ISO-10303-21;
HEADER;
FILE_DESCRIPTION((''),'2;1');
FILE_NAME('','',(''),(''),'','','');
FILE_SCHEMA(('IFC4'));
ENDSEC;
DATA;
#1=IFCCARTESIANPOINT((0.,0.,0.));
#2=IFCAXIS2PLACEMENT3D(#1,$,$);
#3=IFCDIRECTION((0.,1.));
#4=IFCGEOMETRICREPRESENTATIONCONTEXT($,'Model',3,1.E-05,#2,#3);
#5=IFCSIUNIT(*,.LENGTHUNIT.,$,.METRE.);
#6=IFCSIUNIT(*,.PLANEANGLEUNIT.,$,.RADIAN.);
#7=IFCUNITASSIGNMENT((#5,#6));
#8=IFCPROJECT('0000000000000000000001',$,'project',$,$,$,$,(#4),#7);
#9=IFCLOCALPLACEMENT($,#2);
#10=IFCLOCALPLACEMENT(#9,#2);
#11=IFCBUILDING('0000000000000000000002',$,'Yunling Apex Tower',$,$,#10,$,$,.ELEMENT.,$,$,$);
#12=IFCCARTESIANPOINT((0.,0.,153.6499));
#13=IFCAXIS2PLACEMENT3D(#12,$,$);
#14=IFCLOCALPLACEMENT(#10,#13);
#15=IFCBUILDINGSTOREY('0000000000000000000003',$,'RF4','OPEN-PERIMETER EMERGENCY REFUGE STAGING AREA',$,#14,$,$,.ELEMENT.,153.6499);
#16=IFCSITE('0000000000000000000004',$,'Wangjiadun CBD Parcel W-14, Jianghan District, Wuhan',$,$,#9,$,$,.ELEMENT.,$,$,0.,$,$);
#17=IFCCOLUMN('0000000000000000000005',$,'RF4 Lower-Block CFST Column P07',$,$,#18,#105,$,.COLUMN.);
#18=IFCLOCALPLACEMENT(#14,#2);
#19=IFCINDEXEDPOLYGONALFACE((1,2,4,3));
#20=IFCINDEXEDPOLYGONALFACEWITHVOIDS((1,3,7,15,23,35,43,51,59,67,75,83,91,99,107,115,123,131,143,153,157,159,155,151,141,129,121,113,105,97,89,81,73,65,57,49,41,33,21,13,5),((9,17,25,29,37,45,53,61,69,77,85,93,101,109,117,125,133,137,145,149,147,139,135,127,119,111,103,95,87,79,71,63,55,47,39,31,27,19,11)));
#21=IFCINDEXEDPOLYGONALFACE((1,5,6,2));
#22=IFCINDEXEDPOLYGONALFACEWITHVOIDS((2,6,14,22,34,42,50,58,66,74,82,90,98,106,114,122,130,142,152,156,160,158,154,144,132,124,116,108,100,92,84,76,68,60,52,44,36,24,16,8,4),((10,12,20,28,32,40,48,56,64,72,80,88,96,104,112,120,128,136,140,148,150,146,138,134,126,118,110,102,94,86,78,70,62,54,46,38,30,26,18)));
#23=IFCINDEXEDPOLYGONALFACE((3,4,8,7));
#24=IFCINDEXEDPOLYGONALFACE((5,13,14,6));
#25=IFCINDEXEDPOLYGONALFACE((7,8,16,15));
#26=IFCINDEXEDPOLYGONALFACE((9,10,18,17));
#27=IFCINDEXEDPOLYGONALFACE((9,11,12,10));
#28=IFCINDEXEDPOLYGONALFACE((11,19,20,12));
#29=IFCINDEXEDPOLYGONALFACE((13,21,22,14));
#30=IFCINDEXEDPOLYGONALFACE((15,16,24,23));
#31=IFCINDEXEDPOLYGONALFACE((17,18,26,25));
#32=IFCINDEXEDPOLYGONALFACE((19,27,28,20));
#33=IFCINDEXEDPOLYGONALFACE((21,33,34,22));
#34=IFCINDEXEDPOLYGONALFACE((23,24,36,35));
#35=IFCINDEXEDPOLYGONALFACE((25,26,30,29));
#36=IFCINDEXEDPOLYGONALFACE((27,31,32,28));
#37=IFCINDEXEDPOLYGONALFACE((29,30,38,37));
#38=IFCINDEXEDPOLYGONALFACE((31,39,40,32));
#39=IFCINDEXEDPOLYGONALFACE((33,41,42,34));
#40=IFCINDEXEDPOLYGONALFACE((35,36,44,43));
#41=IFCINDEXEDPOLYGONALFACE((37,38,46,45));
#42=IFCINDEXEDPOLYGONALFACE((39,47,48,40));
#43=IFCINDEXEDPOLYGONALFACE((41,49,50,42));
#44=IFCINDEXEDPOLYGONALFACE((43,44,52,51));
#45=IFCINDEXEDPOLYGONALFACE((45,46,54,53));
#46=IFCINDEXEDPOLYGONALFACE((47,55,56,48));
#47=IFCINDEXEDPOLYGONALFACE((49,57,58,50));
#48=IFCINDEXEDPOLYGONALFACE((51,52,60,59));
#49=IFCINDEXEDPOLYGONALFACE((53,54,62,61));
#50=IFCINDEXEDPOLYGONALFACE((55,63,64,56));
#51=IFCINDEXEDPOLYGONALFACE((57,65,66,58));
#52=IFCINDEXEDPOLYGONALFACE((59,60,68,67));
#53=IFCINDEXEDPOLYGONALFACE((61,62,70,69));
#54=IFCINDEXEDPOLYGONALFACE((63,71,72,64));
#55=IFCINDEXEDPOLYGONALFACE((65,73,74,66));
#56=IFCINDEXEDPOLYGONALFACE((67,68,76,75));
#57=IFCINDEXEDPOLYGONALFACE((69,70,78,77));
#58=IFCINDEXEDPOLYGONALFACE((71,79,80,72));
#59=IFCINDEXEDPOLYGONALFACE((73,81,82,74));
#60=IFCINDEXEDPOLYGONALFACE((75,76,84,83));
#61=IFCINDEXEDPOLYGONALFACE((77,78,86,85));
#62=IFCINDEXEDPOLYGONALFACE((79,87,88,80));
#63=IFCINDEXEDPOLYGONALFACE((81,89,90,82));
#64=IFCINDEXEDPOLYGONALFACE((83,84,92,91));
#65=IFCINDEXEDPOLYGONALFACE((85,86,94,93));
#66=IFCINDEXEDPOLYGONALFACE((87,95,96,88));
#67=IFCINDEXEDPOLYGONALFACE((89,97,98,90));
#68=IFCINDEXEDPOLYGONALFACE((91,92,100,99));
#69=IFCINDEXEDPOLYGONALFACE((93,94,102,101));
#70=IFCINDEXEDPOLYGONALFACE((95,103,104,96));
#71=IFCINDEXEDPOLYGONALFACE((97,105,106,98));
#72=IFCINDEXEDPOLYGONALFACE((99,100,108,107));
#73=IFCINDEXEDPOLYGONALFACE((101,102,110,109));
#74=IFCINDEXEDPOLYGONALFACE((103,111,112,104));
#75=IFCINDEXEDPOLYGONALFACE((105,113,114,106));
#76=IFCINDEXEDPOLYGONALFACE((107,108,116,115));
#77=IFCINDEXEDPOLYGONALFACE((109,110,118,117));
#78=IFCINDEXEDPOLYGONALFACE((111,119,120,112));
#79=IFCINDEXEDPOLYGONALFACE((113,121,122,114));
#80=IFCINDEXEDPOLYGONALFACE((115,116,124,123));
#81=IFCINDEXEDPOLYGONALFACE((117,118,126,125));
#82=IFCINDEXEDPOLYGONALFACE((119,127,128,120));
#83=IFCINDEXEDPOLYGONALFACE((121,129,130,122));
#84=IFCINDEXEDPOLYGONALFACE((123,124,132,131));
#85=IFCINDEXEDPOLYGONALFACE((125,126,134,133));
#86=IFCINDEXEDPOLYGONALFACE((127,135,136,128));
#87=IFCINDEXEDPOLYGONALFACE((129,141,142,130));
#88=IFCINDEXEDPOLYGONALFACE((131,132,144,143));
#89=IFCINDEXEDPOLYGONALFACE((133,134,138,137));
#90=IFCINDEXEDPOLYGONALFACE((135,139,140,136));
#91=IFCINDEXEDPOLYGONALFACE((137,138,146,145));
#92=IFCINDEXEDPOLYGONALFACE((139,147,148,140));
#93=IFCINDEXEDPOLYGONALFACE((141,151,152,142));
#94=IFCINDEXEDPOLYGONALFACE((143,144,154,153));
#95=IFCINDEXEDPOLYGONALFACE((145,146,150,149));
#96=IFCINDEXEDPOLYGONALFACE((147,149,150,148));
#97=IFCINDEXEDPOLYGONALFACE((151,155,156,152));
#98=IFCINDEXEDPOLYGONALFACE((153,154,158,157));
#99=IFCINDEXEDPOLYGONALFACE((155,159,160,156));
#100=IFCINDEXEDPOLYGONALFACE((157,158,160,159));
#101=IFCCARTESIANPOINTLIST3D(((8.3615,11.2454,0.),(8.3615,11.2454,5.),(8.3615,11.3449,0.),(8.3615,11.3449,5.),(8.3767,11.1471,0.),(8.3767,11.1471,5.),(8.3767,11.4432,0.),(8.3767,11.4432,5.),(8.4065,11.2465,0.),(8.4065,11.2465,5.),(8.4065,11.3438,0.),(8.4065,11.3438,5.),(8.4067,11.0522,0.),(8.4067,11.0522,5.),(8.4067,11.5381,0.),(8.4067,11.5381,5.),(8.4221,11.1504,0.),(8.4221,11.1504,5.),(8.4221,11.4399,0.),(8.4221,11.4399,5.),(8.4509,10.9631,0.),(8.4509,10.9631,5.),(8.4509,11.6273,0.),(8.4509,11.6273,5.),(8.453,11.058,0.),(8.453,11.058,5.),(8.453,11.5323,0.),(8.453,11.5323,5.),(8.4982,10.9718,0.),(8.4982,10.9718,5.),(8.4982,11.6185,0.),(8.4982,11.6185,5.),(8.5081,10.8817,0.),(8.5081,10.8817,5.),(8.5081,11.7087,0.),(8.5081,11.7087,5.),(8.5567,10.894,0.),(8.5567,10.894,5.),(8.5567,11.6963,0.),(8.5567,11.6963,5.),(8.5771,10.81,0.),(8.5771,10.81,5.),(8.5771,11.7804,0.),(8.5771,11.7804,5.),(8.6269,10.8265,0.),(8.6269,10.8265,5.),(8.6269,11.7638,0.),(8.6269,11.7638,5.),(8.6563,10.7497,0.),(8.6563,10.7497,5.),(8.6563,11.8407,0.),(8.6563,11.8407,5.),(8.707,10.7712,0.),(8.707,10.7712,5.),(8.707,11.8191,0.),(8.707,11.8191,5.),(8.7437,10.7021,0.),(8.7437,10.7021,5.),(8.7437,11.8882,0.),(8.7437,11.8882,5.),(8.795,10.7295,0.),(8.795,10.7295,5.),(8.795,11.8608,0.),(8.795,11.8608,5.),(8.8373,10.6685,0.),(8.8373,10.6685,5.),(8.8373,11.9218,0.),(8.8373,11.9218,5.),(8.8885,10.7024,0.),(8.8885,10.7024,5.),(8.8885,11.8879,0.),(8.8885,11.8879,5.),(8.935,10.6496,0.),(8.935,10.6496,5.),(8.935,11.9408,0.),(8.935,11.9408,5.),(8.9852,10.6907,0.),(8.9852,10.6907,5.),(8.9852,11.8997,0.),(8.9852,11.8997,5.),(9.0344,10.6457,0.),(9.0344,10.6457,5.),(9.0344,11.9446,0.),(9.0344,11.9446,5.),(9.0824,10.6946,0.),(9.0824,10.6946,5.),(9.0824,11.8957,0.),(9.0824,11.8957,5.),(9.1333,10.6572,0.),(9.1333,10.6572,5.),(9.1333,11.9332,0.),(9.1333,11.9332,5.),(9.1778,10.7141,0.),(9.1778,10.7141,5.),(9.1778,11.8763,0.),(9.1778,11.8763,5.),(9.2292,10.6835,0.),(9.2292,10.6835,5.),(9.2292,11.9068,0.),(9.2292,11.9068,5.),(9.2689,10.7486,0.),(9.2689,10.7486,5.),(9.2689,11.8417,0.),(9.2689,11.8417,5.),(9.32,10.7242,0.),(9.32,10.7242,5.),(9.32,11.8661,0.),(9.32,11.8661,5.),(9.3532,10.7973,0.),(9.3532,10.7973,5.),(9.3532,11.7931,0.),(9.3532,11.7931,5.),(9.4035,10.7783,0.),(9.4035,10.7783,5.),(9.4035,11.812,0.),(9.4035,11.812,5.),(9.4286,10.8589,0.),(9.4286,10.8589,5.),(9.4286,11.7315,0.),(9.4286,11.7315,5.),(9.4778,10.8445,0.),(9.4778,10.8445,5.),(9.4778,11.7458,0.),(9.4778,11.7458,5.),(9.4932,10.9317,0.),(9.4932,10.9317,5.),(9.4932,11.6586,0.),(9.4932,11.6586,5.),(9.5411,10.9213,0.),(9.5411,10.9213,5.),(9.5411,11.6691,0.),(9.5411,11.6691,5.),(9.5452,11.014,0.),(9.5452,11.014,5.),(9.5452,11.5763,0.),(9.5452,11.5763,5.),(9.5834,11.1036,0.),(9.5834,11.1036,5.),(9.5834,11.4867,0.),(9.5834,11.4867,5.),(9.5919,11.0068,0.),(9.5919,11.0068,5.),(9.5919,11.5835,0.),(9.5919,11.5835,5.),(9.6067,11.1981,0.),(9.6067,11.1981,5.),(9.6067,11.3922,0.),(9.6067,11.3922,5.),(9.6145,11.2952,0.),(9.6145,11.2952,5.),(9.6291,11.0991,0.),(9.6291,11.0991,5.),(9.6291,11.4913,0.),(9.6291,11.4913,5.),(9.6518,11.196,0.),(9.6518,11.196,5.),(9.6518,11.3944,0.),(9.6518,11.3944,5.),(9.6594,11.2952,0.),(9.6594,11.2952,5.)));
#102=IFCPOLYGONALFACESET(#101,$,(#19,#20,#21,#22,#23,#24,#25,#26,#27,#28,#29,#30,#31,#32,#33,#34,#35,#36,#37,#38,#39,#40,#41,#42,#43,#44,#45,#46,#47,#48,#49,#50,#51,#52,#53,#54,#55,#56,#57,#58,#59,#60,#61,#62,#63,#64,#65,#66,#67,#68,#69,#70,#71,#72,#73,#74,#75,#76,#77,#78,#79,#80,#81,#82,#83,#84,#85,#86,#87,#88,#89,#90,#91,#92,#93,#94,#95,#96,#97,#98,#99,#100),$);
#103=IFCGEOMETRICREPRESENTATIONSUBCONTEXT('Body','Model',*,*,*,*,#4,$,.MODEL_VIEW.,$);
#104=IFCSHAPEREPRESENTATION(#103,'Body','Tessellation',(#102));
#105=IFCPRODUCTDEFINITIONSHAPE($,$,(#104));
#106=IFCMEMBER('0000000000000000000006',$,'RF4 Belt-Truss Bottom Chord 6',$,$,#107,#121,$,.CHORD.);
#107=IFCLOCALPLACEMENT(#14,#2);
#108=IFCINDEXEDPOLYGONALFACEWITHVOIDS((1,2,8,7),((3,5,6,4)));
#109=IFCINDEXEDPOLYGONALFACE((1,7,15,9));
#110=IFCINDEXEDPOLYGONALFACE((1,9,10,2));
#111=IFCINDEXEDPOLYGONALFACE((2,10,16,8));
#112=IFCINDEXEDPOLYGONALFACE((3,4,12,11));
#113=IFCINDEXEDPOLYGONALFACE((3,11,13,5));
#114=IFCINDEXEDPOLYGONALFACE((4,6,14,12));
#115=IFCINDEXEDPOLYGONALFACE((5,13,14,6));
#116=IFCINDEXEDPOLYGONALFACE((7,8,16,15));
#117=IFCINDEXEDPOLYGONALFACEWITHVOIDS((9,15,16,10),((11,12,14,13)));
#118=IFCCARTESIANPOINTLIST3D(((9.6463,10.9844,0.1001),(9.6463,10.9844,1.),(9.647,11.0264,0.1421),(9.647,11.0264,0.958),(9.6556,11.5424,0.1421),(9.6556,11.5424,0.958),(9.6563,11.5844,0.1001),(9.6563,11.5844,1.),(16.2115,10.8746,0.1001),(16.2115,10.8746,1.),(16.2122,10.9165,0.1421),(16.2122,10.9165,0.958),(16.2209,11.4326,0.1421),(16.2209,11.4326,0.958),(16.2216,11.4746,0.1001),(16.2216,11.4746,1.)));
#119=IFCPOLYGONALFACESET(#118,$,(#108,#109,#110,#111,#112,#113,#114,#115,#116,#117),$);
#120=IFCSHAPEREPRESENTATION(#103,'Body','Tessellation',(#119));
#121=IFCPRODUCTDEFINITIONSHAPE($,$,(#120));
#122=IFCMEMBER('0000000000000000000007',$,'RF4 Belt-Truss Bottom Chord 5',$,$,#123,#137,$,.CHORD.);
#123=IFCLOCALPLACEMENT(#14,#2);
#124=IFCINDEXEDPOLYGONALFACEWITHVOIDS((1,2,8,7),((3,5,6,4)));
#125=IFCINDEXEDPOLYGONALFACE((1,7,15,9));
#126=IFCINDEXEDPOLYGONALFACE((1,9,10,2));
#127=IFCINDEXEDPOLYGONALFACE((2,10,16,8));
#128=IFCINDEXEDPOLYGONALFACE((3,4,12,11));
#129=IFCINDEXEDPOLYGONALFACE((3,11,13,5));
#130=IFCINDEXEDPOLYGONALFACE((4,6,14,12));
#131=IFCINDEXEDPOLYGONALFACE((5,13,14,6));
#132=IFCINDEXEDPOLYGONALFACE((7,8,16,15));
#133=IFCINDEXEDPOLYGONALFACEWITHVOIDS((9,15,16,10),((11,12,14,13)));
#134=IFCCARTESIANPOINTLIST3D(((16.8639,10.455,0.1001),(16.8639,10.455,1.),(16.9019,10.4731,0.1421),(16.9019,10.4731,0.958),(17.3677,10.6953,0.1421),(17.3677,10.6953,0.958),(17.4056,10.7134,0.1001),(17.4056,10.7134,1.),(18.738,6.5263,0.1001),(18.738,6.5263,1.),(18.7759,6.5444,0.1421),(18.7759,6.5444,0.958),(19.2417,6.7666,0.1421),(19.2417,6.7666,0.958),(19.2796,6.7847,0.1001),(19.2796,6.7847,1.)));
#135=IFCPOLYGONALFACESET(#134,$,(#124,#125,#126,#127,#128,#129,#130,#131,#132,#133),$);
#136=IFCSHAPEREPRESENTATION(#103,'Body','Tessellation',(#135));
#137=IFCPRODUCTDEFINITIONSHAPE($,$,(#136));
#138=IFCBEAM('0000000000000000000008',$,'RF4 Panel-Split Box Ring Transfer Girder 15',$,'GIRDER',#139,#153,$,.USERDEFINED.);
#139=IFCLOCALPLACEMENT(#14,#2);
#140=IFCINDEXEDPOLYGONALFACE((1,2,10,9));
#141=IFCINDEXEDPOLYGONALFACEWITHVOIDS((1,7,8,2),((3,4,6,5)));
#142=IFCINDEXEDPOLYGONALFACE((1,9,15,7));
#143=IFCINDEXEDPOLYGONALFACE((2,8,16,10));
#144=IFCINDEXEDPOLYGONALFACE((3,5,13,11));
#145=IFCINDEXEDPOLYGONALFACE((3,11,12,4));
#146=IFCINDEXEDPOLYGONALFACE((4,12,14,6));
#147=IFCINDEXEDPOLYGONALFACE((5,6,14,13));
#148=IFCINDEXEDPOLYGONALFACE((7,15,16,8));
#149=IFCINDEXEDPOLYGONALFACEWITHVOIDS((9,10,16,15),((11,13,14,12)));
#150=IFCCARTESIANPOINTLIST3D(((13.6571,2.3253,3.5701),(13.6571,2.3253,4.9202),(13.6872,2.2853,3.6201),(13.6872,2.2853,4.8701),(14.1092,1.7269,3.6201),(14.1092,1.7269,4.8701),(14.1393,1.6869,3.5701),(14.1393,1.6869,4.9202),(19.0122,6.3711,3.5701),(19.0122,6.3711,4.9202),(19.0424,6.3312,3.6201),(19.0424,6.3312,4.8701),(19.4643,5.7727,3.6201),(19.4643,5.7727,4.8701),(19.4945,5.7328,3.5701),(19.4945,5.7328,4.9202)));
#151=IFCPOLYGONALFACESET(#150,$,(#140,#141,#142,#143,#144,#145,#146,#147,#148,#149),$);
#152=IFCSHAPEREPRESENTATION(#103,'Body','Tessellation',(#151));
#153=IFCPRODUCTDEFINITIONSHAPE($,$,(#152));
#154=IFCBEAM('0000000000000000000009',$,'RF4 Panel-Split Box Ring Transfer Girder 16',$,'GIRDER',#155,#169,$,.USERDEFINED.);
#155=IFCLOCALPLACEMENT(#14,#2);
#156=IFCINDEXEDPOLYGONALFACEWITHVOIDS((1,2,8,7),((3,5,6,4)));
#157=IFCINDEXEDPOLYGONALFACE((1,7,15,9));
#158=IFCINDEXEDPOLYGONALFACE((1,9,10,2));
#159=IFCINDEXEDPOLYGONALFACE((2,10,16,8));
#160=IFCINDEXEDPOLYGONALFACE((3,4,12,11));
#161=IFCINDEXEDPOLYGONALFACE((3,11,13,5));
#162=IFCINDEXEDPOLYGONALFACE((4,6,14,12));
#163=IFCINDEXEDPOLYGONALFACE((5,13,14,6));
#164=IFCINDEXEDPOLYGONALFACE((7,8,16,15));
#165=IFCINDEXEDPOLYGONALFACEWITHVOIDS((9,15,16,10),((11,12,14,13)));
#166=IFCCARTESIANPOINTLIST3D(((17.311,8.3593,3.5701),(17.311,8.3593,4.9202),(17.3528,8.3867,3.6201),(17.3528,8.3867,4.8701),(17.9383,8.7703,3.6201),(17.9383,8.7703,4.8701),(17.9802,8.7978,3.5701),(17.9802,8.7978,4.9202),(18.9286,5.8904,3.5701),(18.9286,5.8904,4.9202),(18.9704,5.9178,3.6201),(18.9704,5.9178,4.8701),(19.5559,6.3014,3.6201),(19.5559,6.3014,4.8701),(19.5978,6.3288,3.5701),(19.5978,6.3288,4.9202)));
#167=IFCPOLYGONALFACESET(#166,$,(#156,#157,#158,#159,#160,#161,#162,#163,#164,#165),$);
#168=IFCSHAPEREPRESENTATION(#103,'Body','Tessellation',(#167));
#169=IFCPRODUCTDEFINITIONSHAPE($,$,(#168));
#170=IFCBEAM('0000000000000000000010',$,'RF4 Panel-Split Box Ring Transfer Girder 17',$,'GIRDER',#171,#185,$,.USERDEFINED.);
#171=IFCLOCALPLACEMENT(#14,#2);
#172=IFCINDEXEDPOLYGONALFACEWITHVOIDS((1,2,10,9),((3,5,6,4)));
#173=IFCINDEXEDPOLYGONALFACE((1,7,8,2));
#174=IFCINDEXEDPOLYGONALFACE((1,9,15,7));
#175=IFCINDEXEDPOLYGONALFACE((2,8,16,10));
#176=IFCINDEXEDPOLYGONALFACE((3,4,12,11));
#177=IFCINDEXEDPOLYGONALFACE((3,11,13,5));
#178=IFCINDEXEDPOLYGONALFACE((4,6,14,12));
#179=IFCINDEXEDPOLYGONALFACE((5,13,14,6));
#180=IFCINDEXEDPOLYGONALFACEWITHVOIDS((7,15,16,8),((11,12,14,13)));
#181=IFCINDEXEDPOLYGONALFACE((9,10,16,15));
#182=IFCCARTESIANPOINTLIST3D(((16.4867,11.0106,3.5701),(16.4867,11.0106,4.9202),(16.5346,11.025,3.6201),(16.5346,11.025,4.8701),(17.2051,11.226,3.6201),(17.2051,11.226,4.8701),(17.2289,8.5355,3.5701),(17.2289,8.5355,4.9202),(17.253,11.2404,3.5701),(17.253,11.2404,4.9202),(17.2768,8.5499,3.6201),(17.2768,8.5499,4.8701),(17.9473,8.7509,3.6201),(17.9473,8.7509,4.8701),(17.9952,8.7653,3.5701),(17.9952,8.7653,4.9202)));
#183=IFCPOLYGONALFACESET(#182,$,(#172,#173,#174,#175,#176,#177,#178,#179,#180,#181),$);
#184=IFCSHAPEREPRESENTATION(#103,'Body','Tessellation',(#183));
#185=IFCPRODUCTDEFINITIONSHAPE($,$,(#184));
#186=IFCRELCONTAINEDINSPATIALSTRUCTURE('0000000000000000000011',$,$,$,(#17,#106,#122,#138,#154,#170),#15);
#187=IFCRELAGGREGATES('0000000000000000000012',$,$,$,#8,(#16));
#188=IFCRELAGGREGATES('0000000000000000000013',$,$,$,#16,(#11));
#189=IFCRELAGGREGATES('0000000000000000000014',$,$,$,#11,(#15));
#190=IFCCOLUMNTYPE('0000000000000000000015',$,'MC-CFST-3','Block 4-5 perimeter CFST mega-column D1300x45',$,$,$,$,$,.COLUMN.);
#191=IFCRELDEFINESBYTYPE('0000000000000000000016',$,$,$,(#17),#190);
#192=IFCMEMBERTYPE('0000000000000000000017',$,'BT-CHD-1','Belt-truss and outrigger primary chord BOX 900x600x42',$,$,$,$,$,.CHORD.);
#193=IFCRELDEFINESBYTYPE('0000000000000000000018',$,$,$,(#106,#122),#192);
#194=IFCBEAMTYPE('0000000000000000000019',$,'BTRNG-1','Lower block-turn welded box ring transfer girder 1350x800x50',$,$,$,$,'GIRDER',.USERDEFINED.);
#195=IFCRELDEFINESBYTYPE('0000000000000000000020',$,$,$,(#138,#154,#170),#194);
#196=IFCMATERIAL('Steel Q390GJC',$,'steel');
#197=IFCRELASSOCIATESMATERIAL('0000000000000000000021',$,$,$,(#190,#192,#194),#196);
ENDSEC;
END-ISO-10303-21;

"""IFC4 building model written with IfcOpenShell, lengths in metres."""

from ifc_helpers import new_model, si_unit, direction, frame, origin, origin_2d, place, context, subcontext, project, spatial, hollow_rectangle, hollow_circle, extrude, source, transform, mapped, material, material_profile, profile_set, type_object, element, save


model = new_model("IFC4")

# Units and contexts
model_context = context("Model", 3, precision=1e-05, world=origin(), true_north=direction((0.0, 1.0)))
body_context = subcontext(model_context, "Body", "Model", "MODEL_VIEW")
ifc_project = project(units=[si_unit("LENGTHUNIT", "METRE"), si_unit("PLANEANGLEUNIT", "RADIAN")], contexts=[model_context])

# Site, building, storey
site_placement = place(None, origin())
site = spatial("IfcSite", under=ifc_project, at=site_placement, Name="Wangjiadun CBD Parcel W-14, Jianghan District, Wuhan", CompositionType="ELEMENT", RefElevation=0.0)
building_placement = place(site_placement, origin())
building = spatial("IfcBuilding", under=site, at=building_placement, Name="Yunling Apex Tower", CompositionType="ELEMENT")
storey_placement = place(building_placement, frame((0.0, 0.0, 153.6499)))
storey = spatial("IfcBuildingStorey", under=building, at=storey_placement, Name="RF4", Description="OPEN-PERIMETER EMERGENCY REFUGE STAGING AREA", CompositionType="ELEMENT", Elevation=153.6499)

# Column
ifc_material_1 = material(Name="Steel Q390GJC", Category="steel")
ifc_material_profile_1 = material_profile(ifc_material_1, hollow_circle(Radius=0.6499, WallThickness=0.0449, at=origin_2d()))
ifc_profile_set_1 = profile_set([ifc_material_profile_1], Name="Steel Q390GJC")
column_type = type_object("IfcColumnType", Name="MC-CFST-3", Description="Block 4-5 perimeter CFST mega-column D1300x45", PredefinedType="COLUMN", material=ifc_profile_set_1)
shared_shape_1 = source(origin(), body_context, "Body", "SweptSolid", [
    extrude(hollow_circle(Radius=0.6499, WallThickness=0.0449, at=origin_2d()), origin(), (0.0, 0.0, 1.0), 5.0),
])
for number, where, z_axis, x_axis, name in (
    (1, (9.0095, 11.2952, 0.0), (0.0, 0.0, 1.0), (1.0, 0.0, 0.0), "RF4 Lower-Block CFST Column P07"),
):
    element("IfcColumn", number, at=place(storey_placement, frame(where, z_axis=z_axis, x_axis=x_axis)), inside=storey, type_object=column_type, Name=name, PredefinedType="COLUMN", context=body_context, shape_type="MappedRepresentation", body=[
        mapped(shared_shape_1, transform((0.0, 0.0, 0.0), scale=1.0)),
    ])

# Members
ifc_material_profile_2 = material_profile(ifc_material_1, hollow_rectangle(XDim=0.6001, YDim=0.8999, WallThickness=0.042, at=origin_2d()))
ifc_profile_set_2 = profile_set([ifc_material_profile_2], Name="Steel Q390GJC")
member_type_1 = type_object("IfcMemberType", Name="BT-CHD-1", Description="Belt-truss and outrigger primary chord BOX 900x600x42", PredefinedType="CHORD", material=ifc_profile_set_2)
shared_shape_2 = source(origin(), body_context, "Body", "SweptSolid", [
    extrude(hollow_rectangle(XDim=0.6001, YDim=0.8999, WallThickness=0.042, at=origin_2d()), origin(), (0.0, 0.0, 1.0), 6.5662),
])
member_1_placement = place(storey_placement, frame((16.2166, 11.1746, 0.55), z_axis=(-0.99986, 0.016732, 0.0), x_axis=(-0.016732, -0.99986, 0.0)))
element("IfcMember", 2, at=member_1_placement, inside=storey, type_object=member_type_1, Name="RF4 Belt-Truss Bottom Chord 6", PredefinedType="CHORD", context=body_context, shape_type="MappedRepresentation", body=[
    mapped(shared_shape_2, transform((0.0, 0.0, 0.0), scale=1.0)),
])
shared_shape_3 = source(origin(), body_context, "Body", "SweptSolid", [
    extrude(hollow_rectangle(XDim=0.6001, YDim=0.8999, WallThickness=0.042, at=origin_2d()), origin(), (0.0, 0.0, 1.0), 4.3528),
])
member_2_placement = place(storey_placement, frame((19.0088, 6.6555, 0.55), z_axis=(-0.430534, 0.902574, 0.0), x_axis=(-0.902574, -0.430534, 0.0)))
element("IfcMember", 3, at=member_2_placement, inside=storey, type_object=member_type_1, Name="RF4 Belt-Truss Bottom Chord 5", PredefinedType="CHORD", context=body_context, shape_type="MappedRepresentation", body=[
    mapped(shared_shape_3, transform((0.0, 0.0, 0.0), scale=1.0)),
])

# Beams
ifc_material_profile_3 = material_profile(ifc_material_1, hollow_rectangle(XDim=0.8, YDim=1.3501, WallThickness=0.05, at=origin_2d()))
ifc_profile_set_3 = profile_set([ifc_material_profile_3], Name="Steel Q390GJC")
beam_type = type_object("IfcBeamType", Name="BTRNG-1", Description="Lower block-turn welded box ring transfer girder 1350x800x50", ElementType="GIRDER", PredefinedType="USERDEFINED", material=ifc_profile_set_3)
shared_shape_4 = source(origin(), body_context, "Body", "SweptSolid", [
    extrude(hollow_rectangle(XDim=0.8, YDim=1.3501, WallThickness=0.05, at=origin_2d()), origin(), (0.0, 0.0, 1.0), 6.7117),
])
beam_1_placement = place(storey_placement, frame((13.8982, 2.0061, 4.2451), z_axis=(0.797887, 0.602807, 0.0), x_axis=(-0.602807, 0.797887, 0.0)))
element("IfcBeam", 4, at=beam_1_placement, inside=storey, type_object=beam_type, Name="RF4 Panel-Split Box Ring Transfer Girder 15", ObjectType="GIRDER", PredefinedType="USERDEFINED", context=body_context, shape_type="MappedRepresentation", body=[
    mapped(shared_shape_4, transform((0.0, 0.0, 0.0), scale=1.0)),
])
shared_shape_5 = source(origin(), body_context, "Body", "SweptSolid", [
    extrude(hollow_rectangle(XDim=0.8, YDim=1.3501, WallThickness=0.05, at=origin_2d()), origin(), (0.0, 0.0, 1.0), 2.9517),
])
beam_2_placement = place(storey_placement, frame((19.2632, 6.1096, 4.2451), z_axis=(-0.54804, 0.836452, 0.0), x_axis=(-0.836452, -0.54804, 0.0)))
element("IfcBeam", 5, at=beam_2_placement, inside=storey, type_object=beam_type, Name="RF4 Panel-Split Box Ring Transfer Girder 16", ObjectType="GIRDER", PredefinedType="USERDEFINED", context=body_context, shape_type="MappedRepresentation", body=[
    mapped(shared_shape_5, transform((0.0, 0.0, 0.0), scale=1.0)),
])
shared_shape_6 = source(origin(), body_context, "Body", "SweptSolid", [
    extrude(hollow_rectangle(XDim=0.8, YDim=1.3501, WallThickness=0.05, at=origin_2d()), origin(), (0.0, 0.0, 1.0), 2.584),
])
beam_3_placement = place(storey_placement, frame((17.6121, 8.6504, 4.2451), z_axis=(-0.287227, 0.957863, 0.0), x_axis=(-0.957863, -0.287227, 0.0)))
element("IfcBeam", 6, at=beam_3_placement, inside=storey, type_object=beam_type, Name="RF4 Panel-Split Box Ring Transfer Girder 17", ObjectType="GIRDER", PredefinedType="USERDEFINED", context=body_context, shape_type="MappedRepresentation", body=[
    mapped(shared_shape_6, transform((0.0, 0.0, 0.0), scale=1.0)),
])

save(model, "model.ifc")
